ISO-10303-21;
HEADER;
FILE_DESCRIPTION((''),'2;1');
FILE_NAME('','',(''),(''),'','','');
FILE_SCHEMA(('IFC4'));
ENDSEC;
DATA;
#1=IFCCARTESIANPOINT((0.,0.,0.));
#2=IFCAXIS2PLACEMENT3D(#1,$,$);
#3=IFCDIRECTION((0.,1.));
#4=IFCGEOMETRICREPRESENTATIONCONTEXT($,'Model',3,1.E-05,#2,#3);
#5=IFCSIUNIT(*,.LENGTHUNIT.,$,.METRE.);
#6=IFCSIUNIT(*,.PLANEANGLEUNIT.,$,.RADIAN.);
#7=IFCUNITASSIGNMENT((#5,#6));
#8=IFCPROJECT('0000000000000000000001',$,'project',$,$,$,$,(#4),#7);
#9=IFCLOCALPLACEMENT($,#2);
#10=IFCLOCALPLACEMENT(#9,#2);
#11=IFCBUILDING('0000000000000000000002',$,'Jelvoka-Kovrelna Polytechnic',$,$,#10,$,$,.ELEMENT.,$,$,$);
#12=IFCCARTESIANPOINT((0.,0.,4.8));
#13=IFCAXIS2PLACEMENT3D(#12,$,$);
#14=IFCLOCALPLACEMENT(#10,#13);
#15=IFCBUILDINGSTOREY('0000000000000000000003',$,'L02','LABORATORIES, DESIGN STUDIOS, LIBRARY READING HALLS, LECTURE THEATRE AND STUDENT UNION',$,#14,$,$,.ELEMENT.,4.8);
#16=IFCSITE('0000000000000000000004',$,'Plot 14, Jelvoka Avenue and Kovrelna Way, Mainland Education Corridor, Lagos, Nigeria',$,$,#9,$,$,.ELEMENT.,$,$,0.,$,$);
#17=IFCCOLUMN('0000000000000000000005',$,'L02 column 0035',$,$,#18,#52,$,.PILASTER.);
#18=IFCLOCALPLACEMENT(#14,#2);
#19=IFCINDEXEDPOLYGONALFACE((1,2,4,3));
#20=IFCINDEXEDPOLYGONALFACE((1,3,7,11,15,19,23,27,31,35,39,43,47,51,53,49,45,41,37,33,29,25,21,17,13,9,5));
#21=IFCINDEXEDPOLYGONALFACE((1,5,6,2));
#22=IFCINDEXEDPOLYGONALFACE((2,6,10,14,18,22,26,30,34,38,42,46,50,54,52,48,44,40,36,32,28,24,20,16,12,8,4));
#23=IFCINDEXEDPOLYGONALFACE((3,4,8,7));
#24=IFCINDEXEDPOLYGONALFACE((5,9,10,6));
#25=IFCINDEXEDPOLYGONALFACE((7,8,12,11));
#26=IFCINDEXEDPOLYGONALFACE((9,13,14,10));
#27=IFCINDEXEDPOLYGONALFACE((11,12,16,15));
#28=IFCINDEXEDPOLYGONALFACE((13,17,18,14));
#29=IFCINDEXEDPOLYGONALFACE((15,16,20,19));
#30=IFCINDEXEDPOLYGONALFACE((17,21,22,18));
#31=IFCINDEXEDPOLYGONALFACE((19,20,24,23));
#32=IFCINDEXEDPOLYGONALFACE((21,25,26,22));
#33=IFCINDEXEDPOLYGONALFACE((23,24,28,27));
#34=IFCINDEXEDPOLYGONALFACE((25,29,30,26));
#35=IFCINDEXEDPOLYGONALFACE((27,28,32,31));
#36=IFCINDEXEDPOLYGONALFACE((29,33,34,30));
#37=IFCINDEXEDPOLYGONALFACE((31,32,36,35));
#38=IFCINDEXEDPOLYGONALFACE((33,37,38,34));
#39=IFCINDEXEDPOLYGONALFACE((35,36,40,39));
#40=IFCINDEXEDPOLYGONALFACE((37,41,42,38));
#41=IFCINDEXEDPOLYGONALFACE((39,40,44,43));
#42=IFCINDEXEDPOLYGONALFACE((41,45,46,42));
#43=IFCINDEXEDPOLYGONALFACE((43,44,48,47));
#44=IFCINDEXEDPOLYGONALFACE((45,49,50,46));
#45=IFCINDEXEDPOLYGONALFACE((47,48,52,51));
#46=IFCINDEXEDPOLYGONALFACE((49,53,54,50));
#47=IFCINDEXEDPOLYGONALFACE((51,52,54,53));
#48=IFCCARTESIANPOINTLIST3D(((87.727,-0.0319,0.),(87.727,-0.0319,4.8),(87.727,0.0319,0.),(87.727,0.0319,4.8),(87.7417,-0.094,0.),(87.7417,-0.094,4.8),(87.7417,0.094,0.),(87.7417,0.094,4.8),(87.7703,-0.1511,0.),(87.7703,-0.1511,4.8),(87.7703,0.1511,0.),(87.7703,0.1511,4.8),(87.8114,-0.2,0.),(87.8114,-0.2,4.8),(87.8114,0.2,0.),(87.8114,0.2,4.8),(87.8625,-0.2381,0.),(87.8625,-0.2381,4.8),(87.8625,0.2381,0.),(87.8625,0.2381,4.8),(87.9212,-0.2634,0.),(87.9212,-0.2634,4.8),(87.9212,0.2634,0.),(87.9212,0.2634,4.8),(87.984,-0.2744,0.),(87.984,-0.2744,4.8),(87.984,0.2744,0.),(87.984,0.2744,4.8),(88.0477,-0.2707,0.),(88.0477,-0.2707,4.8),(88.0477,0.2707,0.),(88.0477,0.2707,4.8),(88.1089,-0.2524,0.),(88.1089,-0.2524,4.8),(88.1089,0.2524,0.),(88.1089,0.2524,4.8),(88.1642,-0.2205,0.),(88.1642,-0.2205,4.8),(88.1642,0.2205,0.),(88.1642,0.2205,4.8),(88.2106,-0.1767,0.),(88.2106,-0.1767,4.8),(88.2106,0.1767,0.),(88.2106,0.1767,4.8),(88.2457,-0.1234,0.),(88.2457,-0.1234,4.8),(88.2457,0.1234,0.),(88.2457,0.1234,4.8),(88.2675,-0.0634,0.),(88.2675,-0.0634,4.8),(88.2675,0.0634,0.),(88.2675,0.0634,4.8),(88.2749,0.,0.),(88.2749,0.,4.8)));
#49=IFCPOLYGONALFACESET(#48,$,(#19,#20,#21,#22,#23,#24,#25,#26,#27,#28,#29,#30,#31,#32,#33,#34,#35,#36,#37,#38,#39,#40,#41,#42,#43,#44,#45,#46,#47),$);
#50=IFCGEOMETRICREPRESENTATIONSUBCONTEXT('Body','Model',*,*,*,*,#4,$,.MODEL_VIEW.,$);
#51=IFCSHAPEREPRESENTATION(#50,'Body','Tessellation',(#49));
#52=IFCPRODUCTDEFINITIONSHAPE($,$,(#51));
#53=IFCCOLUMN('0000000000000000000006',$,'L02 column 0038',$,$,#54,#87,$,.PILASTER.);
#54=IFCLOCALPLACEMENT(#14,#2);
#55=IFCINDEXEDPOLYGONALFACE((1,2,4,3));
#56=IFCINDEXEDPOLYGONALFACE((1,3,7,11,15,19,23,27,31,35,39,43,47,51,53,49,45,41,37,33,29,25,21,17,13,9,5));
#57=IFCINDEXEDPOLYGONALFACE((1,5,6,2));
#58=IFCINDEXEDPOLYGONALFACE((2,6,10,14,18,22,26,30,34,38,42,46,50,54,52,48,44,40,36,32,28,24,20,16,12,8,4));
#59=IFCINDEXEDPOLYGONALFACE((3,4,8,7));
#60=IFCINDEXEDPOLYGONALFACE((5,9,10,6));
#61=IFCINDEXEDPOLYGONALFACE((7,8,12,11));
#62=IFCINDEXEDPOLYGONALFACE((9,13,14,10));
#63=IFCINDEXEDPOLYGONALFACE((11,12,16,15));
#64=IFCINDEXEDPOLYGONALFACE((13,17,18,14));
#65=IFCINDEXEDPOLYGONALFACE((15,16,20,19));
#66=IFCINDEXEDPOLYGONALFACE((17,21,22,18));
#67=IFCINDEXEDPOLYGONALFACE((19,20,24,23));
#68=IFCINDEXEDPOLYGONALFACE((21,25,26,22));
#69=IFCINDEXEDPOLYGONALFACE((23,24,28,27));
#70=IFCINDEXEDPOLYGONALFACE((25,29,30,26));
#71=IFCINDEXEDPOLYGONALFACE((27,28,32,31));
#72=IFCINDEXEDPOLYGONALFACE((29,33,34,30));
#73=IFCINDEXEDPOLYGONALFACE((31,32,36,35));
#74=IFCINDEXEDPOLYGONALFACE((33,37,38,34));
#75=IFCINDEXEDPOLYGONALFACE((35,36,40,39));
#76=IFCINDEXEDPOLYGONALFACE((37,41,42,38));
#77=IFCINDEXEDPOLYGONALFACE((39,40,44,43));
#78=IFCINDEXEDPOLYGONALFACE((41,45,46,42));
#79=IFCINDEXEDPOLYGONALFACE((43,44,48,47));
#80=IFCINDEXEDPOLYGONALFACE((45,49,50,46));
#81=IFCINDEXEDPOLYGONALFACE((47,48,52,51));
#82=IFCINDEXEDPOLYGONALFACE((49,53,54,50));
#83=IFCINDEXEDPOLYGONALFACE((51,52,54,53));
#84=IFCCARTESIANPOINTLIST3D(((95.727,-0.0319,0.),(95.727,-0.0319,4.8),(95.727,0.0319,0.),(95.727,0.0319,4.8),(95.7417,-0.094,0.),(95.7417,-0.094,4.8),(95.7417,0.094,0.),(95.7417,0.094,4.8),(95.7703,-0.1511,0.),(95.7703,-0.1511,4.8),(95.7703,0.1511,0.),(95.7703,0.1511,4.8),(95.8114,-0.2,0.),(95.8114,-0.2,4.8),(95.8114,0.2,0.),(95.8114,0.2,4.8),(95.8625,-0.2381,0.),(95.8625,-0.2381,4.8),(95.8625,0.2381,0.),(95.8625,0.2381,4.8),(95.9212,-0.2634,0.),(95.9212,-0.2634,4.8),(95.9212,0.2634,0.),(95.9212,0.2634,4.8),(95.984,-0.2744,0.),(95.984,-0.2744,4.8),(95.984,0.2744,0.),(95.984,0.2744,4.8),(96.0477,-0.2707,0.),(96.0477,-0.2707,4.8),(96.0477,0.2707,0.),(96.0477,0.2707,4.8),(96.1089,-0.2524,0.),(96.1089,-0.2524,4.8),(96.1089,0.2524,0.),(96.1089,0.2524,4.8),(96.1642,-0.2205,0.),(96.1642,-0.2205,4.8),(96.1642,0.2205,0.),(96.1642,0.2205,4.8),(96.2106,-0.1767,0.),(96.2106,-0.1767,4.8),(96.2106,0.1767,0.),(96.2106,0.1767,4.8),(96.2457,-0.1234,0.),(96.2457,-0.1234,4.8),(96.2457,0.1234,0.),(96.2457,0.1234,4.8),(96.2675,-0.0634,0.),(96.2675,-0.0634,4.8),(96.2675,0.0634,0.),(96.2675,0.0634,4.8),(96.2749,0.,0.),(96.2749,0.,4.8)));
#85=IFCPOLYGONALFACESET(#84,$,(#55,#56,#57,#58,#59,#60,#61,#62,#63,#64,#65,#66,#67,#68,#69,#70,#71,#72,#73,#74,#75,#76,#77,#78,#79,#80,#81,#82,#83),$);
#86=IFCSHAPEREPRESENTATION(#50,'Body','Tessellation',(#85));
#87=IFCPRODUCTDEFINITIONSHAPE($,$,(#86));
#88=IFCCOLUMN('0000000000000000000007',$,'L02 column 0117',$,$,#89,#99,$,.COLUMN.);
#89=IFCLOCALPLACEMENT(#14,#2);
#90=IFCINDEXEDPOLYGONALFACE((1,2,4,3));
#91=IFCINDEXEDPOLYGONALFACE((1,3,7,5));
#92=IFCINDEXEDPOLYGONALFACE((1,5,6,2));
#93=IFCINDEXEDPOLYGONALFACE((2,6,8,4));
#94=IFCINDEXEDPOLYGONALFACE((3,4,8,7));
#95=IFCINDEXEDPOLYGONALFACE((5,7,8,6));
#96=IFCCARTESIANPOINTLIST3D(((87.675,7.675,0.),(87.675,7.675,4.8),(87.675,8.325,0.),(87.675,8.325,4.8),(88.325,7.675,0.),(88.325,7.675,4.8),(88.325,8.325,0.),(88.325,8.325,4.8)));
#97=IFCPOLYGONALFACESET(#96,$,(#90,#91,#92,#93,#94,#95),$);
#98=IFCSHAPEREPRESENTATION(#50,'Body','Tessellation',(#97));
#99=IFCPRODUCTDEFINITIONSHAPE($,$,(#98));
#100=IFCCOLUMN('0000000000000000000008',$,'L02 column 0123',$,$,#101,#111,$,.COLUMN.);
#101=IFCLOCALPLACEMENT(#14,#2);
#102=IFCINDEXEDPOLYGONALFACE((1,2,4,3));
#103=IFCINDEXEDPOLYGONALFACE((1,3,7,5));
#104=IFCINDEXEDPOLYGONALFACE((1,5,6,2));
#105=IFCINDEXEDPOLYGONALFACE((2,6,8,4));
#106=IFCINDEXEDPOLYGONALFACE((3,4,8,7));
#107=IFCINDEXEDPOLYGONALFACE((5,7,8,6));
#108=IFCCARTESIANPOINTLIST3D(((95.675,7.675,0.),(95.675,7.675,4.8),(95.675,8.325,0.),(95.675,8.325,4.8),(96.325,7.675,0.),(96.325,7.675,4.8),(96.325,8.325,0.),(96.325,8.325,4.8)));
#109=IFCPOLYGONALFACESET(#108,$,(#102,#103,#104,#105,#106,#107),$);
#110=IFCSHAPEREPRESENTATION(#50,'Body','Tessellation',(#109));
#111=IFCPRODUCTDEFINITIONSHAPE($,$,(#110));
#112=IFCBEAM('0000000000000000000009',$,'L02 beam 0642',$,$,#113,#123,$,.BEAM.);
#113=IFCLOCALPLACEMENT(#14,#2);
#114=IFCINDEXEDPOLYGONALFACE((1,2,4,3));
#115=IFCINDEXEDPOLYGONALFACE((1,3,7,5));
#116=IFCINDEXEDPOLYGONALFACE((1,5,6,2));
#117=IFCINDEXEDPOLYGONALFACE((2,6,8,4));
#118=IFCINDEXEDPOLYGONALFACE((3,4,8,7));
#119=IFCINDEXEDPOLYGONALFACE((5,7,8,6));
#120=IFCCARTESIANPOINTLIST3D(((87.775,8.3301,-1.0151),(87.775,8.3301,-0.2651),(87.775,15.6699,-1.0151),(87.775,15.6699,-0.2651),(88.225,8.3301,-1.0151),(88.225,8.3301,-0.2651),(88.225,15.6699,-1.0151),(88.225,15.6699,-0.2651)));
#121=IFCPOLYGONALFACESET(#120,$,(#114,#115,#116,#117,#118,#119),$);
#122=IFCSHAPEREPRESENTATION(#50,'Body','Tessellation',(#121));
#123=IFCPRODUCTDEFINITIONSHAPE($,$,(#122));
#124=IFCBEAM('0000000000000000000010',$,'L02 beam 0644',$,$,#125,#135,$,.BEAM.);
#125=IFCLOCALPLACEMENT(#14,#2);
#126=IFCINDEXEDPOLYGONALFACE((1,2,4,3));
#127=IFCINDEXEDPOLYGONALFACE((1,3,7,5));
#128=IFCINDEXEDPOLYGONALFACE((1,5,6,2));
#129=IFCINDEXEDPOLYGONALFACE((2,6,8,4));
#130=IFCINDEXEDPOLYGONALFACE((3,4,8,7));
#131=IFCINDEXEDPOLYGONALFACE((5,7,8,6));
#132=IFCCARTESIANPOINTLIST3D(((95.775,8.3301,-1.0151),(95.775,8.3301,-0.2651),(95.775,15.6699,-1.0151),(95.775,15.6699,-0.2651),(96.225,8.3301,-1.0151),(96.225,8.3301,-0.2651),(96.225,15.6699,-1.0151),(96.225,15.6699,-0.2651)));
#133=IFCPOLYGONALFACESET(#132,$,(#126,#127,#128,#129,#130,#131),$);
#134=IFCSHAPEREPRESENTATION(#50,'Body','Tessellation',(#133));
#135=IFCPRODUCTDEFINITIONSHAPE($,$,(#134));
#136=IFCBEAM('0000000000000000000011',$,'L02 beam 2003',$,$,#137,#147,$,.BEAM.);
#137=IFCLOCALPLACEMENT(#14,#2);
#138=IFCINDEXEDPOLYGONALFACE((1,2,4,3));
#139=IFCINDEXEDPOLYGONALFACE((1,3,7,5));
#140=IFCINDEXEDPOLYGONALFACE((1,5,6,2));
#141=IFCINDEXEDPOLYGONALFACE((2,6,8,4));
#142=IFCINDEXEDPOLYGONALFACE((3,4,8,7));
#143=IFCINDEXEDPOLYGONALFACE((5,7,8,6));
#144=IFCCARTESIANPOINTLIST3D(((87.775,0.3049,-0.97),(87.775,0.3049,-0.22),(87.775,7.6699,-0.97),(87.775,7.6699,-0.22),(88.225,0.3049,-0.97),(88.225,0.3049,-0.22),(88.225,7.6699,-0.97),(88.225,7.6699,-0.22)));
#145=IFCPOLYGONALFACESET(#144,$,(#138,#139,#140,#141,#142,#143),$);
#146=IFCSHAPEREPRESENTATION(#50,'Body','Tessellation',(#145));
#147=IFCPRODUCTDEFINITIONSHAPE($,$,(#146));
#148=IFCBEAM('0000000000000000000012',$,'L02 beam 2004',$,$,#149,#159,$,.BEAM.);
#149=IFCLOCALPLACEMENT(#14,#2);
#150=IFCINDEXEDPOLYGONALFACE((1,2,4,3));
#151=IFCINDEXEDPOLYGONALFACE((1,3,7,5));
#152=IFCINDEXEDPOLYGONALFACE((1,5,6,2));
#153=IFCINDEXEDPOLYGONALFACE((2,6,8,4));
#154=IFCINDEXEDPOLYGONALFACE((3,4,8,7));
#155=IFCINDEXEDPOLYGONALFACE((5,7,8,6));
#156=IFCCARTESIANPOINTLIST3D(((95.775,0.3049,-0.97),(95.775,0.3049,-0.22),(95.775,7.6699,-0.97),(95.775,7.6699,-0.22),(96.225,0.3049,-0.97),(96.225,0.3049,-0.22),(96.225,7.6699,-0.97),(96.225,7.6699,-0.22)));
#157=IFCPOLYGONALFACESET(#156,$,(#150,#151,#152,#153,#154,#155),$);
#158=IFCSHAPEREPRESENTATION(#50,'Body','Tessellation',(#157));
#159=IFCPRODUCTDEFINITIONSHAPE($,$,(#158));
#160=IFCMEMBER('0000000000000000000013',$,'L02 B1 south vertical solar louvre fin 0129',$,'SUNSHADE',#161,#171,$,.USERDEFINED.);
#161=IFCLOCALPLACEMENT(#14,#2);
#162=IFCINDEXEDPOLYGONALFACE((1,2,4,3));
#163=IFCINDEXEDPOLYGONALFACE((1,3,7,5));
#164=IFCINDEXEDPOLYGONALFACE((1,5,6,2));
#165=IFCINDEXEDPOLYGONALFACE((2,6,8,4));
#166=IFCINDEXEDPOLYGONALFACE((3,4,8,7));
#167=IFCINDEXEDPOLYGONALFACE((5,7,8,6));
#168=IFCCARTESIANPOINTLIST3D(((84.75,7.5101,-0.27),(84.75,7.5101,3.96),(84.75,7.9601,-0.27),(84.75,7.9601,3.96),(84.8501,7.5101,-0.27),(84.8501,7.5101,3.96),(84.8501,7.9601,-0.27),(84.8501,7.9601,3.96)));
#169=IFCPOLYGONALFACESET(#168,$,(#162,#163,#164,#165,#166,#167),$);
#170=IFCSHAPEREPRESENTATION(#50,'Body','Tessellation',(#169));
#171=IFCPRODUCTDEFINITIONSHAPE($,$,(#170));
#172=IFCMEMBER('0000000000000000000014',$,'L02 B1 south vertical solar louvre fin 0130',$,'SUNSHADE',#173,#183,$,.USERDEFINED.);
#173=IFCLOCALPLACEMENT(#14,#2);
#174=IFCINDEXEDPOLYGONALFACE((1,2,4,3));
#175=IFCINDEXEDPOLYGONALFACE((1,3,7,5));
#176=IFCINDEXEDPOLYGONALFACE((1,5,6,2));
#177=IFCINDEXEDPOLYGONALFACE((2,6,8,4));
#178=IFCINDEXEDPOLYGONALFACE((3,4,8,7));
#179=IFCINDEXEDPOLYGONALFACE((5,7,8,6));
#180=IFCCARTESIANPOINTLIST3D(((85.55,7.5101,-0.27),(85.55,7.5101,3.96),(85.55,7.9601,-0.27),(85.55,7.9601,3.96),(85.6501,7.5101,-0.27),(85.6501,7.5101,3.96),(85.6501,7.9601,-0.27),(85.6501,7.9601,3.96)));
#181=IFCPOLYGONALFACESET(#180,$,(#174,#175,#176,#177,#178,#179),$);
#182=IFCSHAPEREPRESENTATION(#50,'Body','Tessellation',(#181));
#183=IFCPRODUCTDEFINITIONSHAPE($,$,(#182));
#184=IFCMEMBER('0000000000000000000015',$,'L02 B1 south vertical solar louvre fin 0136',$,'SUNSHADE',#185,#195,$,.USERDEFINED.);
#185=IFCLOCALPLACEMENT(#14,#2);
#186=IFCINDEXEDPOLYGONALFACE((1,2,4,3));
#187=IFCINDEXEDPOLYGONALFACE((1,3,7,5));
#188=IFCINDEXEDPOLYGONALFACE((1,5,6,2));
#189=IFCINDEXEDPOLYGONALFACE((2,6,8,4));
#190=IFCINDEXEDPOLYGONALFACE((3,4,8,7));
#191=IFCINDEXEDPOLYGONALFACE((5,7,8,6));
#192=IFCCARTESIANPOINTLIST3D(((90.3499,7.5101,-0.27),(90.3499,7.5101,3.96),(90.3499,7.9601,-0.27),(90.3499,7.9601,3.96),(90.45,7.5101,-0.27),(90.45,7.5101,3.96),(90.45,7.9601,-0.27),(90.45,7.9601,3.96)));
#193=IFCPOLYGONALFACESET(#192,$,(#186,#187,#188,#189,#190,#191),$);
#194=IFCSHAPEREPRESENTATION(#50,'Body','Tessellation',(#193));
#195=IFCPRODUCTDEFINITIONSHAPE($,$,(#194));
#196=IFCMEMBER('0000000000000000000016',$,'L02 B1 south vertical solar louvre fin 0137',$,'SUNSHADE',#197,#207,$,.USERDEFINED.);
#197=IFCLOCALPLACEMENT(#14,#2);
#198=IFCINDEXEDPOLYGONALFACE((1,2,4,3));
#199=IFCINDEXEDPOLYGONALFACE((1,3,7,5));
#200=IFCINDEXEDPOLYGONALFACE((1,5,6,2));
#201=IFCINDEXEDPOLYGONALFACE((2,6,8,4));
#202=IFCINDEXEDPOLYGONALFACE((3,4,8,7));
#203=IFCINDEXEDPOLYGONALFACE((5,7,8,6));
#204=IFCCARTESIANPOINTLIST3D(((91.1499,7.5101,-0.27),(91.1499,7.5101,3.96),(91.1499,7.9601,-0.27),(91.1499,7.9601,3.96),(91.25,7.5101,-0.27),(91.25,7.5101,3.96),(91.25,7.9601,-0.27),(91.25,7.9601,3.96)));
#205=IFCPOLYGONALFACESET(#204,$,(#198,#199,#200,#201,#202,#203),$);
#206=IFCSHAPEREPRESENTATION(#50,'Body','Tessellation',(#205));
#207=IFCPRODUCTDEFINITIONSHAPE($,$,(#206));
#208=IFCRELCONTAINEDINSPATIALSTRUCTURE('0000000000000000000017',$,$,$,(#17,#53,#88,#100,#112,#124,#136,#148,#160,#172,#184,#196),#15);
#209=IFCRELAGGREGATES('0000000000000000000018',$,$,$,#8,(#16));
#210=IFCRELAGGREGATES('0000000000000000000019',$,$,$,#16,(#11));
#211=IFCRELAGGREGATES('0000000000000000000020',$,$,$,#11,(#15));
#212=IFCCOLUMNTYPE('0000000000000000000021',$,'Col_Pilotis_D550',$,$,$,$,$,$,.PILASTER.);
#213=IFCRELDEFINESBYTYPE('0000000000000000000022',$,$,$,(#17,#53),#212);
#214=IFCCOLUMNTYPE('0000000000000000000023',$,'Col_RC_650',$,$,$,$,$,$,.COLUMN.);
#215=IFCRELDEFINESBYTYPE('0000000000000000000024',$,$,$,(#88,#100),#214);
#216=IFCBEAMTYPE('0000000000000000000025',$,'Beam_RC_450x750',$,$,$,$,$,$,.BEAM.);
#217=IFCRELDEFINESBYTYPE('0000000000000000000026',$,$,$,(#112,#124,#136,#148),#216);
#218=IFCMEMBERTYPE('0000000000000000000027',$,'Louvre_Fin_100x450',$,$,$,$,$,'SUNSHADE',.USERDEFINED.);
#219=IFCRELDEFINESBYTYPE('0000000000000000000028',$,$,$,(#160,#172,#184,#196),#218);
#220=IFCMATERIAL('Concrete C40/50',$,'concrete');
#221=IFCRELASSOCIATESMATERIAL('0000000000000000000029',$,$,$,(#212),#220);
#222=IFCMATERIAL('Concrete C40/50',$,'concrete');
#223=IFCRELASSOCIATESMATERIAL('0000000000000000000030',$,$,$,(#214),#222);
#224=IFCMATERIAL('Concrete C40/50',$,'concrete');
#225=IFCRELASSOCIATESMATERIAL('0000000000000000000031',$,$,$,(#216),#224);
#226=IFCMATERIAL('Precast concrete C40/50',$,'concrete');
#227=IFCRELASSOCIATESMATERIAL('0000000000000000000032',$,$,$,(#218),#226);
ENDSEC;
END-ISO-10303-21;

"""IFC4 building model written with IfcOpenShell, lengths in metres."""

from ifc_helpers import new_model, si_unit, direction, frame, origin, origin_2d, place, context, subcontext, project, spatial, rectangle, circle, extrude, material, material_profile, profile_set, type_object, element, save


model = new_model("IFC4")

# Units and contexts
model_context = context("Model", 3, precision=1e-05, world=origin(), true_north=direction((0.0, 1.0)))
body_context = subcontext(model_context, "Body", "Model", "MODEL_VIEW")
ifc_project = project(units=[si_unit("LENGTHUNIT", "METRE"), si_unit("PLANEANGLEUNIT", "RADIAN")], contexts=[model_context])

# Site, building, storey
site_placement = place(None, origin())
site = spatial("IfcSite", under=ifc_project, at=site_placement, Name="Plot 14, Jelvoka Avenue and Kovrelna Way, Mainland Education Corridor, Lagos, Nigeria", CompositionType="ELEMENT", RefElevation=0.0)
building_placement = place(site_placement, origin())
building = spatial("IfcBuilding", under=site, at=building_placement, Name="Jelvoka-Kovrelna Polytechnic", CompositionType="ELEMENT")
storey_placement = place(building_placement, frame((0.0, 0.0, 4.8)))
storey = spatial("IfcBuildingStorey", under=building, at=storey_placement, Name="L02", Description="LABORATORIES, DESIGN STUDIOS, LIBRARY READING HALLS, LECTURE THEATRE AND STUDENT UNION", CompositionType="ELEMENT", Elevation=4.8)

# Columns
ifc_material_1 = material(Name="Concrete C40/50", Category="concrete")
ifc_material_profile_1 = material_profile(ifc_material_1, circle(Radius=0.2749, at=origin_2d()), Name="RC D550")
ifc_profile_set_1 = profile_set([ifc_material_profile_1], Name="Concrete C40/50")
column_type_1 = type_object("IfcColumnType", Name="Col_Pilotis_D550", PredefinedType="PILASTER", material=ifc_profile_set_1)
for number, where, z_axis, x_axis, name in (
    (1, (88.0, 0.0, 0.0), (0.0, 0.0, 1.0), (1.0, 0.0, 0.0), "L02 column 0035"),
    (2, (96.0, 0.0, 0.0), (0.0, 0.0, 1.0), (1.0, 0.0, 0.0), "L02 column 0038"),
):
    element("IfcColumn", number, at=place(storey_placement, frame(where, z_axis=z_axis, x_axis=x_axis)), inside=storey, type_object=column_type_1, Name=name, PredefinedType="PILASTER", context=body_context, shape_type="SweptSolid", body=[
        extrude(circle(Radius=0.2749, at=origin_2d()), origin(), (0.0, 0.0, 1.0), 4.8),
    ])
ifc_material_2 = material(Name="Concrete C40/50", Category="concrete")
ifc_material_profile_2 = material_profile(ifc_material_2, rectangle(XDim=0.6499, YDim=0.6499, at=origin_2d()), Name="RC 650x650")
ifc_profile_set_2 = profile_set([ifc_material_profile_2], Name="Concrete C40/50")
column_type_2 = type_object("IfcColumnType", Name="Col_RC_650", PredefinedType="COLUMN", material=ifc_profile_set_2)
for number, where, z_axis, x_axis, name in (
    (3, (88.0, 8.0, 0.0), (0.0, 0.0, 1.0), (1.0, 0.0, 0.0), "L02 column 0117"),
    (4, (96.0, 8.0, 0.0), (0.0, 0.0, 1.0), (1.0, 0.0, 0.0), "L02 column 0123"),
):
    element("IfcColumn", number, at=place(storey_placement, frame(where, z_axis=z_axis, x_axis=x_axis)), inside=storey, type_object=column_type_2, Name=name, PredefinedType="COLUMN", context=body_context, shape_type="SweptSolid", body=[
        extrude(rectangle(XDim=0.6499, YDim=0.6499, at=origin_2d()), origin(), (0.0, 0.0, 1.0), 4.8),
    ])

# Beams
ifc_material_3 = material(Name="Concrete C40/50", Category="concrete")
ifc_material_profile_3 = material_profile(ifc_material_3, rectangle(XDim=0.45, YDim=0.75, at=origin_2d()), Name="RC 450x750")
ifc_profile_set_3 = profile_set([ifc_material_profile_3], Name="Concrete C40/50")
beam_type_1 = type_object("IfcBeamType", Name="Beam_RC_450x750", PredefinedType="BEAM", material=ifc_profile_set_3)
for number, where, z_axis, x_axis, name in (
    (5, (88.0, 8.3301, -0.6401), (0.0, 1.0, 0.0), (-1.0, 0.0, 0.0), "L02 beam 0642"),
    (6, (96.0, 8.3301, -0.6401), (0.0, 1.0, 0.0), (-1.0, 0.0, 0.0), "L02 beam 0644"),
):
    element("IfcBeam", number, at=place(storey_placement, frame(where, z_axis=z_axis, x_axis=x_axis)), inside=storey, type_object=beam_type_1, Name=name, PredefinedType="BEAM", context=body_context, shape_type="SweptSolid", body=[
        extrude(rectangle(XDim=0.45, YDim=0.75, at=origin_2d()), origin(), (0.0, 0.0, 1.0), 7.3398),
    ])
for number, where, z_axis, x_axis, name in (
    (7, (88.0, 0.3049, -0.595), (0.0, 1.0, 0.0), (-1.0, 0.0, 0.0), "L02 beam 2003"),
    (8, (96.0, 0.3049, -0.595), (0.0, 1.0, 0.0), (-1.0, 0.0, 0.0), "L02 beam 2004"),
):
    element("IfcBeam", number, at=place(storey_placement, frame(where, z_axis=z_axis, x_axis=x_axis)), inside=storey, type_object=beam_type_1, Name=name, PredefinedType="BEAM", context=body_context, shape_type="SweptSolid", body=[
        extrude(rectangle(XDim=0.45, YDim=0.75, at=origin_2d()), origin(), (0.0, 0.0, 1.0), 7.365),
    ])

# Members
ifc_material_4 = material(Name="Precast concrete C40/50", Category="concrete")
ifc_material_profile_4 = material_profile(ifc_material_4, rectangle(XDim=0.1001, YDim=0.45, at=origin_2d()), Name="PC 100x450")
ifc_profile_set_4 = profile_set([ifc_material_profile_4], Name="Precast concrete C40/50")
member_type = type_object("IfcMemberType", Name="Louvre_Fin_100x450", ElementType="SUNSHADE", PredefinedType="USERDEFINED", material=ifc_profile_set_4)
for number, where, z_axis, x_axis, name in (
    (9, (84.8, 7.7351, -0.27), (0.0, 0.0, 1.0), (1.0, 0.0, 0.0), "L02 B1 south vertical solar louvre fin 0129"),
    (10, (85.6001, 7.7351, -0.27), (0.0, 0.0, 1.0), (1.0, 0.0, 0.0), "L02 B1 south vertical solar louvre fin 0130"),
    (11, (90.3999, 7.7351, -0.27), (0.0, 0.0, 1.0), (1.0, 0.0, 0.0), "L02 B1 south vertical solar louvre fin 0136"),
    (12, (91.2, 7.7351, -0.27), (0.0, 0.0, 1.0), (1.0, 0.0, 0.0), "L02 B1 south vertical solar louvre fin 0137"),
):
    element("IfcMember", number, at=place(storey_placement, frame(where, z_axis=z_axis, x_axis=x_axis)), inside=storey, type_object=member_type, Name=name, ObjectType="SUNSHADE", PredefinedType="USERDEFINED", context=body_context, shape_type="SweptSolid", body=[
        extrude(rectangle(XDim=0.1001, YDim=0.45, at=origin_2d()), origin(), (0.0, 0.0, 1.0), 4.23),
    ])

save(model, "model.ifc")
